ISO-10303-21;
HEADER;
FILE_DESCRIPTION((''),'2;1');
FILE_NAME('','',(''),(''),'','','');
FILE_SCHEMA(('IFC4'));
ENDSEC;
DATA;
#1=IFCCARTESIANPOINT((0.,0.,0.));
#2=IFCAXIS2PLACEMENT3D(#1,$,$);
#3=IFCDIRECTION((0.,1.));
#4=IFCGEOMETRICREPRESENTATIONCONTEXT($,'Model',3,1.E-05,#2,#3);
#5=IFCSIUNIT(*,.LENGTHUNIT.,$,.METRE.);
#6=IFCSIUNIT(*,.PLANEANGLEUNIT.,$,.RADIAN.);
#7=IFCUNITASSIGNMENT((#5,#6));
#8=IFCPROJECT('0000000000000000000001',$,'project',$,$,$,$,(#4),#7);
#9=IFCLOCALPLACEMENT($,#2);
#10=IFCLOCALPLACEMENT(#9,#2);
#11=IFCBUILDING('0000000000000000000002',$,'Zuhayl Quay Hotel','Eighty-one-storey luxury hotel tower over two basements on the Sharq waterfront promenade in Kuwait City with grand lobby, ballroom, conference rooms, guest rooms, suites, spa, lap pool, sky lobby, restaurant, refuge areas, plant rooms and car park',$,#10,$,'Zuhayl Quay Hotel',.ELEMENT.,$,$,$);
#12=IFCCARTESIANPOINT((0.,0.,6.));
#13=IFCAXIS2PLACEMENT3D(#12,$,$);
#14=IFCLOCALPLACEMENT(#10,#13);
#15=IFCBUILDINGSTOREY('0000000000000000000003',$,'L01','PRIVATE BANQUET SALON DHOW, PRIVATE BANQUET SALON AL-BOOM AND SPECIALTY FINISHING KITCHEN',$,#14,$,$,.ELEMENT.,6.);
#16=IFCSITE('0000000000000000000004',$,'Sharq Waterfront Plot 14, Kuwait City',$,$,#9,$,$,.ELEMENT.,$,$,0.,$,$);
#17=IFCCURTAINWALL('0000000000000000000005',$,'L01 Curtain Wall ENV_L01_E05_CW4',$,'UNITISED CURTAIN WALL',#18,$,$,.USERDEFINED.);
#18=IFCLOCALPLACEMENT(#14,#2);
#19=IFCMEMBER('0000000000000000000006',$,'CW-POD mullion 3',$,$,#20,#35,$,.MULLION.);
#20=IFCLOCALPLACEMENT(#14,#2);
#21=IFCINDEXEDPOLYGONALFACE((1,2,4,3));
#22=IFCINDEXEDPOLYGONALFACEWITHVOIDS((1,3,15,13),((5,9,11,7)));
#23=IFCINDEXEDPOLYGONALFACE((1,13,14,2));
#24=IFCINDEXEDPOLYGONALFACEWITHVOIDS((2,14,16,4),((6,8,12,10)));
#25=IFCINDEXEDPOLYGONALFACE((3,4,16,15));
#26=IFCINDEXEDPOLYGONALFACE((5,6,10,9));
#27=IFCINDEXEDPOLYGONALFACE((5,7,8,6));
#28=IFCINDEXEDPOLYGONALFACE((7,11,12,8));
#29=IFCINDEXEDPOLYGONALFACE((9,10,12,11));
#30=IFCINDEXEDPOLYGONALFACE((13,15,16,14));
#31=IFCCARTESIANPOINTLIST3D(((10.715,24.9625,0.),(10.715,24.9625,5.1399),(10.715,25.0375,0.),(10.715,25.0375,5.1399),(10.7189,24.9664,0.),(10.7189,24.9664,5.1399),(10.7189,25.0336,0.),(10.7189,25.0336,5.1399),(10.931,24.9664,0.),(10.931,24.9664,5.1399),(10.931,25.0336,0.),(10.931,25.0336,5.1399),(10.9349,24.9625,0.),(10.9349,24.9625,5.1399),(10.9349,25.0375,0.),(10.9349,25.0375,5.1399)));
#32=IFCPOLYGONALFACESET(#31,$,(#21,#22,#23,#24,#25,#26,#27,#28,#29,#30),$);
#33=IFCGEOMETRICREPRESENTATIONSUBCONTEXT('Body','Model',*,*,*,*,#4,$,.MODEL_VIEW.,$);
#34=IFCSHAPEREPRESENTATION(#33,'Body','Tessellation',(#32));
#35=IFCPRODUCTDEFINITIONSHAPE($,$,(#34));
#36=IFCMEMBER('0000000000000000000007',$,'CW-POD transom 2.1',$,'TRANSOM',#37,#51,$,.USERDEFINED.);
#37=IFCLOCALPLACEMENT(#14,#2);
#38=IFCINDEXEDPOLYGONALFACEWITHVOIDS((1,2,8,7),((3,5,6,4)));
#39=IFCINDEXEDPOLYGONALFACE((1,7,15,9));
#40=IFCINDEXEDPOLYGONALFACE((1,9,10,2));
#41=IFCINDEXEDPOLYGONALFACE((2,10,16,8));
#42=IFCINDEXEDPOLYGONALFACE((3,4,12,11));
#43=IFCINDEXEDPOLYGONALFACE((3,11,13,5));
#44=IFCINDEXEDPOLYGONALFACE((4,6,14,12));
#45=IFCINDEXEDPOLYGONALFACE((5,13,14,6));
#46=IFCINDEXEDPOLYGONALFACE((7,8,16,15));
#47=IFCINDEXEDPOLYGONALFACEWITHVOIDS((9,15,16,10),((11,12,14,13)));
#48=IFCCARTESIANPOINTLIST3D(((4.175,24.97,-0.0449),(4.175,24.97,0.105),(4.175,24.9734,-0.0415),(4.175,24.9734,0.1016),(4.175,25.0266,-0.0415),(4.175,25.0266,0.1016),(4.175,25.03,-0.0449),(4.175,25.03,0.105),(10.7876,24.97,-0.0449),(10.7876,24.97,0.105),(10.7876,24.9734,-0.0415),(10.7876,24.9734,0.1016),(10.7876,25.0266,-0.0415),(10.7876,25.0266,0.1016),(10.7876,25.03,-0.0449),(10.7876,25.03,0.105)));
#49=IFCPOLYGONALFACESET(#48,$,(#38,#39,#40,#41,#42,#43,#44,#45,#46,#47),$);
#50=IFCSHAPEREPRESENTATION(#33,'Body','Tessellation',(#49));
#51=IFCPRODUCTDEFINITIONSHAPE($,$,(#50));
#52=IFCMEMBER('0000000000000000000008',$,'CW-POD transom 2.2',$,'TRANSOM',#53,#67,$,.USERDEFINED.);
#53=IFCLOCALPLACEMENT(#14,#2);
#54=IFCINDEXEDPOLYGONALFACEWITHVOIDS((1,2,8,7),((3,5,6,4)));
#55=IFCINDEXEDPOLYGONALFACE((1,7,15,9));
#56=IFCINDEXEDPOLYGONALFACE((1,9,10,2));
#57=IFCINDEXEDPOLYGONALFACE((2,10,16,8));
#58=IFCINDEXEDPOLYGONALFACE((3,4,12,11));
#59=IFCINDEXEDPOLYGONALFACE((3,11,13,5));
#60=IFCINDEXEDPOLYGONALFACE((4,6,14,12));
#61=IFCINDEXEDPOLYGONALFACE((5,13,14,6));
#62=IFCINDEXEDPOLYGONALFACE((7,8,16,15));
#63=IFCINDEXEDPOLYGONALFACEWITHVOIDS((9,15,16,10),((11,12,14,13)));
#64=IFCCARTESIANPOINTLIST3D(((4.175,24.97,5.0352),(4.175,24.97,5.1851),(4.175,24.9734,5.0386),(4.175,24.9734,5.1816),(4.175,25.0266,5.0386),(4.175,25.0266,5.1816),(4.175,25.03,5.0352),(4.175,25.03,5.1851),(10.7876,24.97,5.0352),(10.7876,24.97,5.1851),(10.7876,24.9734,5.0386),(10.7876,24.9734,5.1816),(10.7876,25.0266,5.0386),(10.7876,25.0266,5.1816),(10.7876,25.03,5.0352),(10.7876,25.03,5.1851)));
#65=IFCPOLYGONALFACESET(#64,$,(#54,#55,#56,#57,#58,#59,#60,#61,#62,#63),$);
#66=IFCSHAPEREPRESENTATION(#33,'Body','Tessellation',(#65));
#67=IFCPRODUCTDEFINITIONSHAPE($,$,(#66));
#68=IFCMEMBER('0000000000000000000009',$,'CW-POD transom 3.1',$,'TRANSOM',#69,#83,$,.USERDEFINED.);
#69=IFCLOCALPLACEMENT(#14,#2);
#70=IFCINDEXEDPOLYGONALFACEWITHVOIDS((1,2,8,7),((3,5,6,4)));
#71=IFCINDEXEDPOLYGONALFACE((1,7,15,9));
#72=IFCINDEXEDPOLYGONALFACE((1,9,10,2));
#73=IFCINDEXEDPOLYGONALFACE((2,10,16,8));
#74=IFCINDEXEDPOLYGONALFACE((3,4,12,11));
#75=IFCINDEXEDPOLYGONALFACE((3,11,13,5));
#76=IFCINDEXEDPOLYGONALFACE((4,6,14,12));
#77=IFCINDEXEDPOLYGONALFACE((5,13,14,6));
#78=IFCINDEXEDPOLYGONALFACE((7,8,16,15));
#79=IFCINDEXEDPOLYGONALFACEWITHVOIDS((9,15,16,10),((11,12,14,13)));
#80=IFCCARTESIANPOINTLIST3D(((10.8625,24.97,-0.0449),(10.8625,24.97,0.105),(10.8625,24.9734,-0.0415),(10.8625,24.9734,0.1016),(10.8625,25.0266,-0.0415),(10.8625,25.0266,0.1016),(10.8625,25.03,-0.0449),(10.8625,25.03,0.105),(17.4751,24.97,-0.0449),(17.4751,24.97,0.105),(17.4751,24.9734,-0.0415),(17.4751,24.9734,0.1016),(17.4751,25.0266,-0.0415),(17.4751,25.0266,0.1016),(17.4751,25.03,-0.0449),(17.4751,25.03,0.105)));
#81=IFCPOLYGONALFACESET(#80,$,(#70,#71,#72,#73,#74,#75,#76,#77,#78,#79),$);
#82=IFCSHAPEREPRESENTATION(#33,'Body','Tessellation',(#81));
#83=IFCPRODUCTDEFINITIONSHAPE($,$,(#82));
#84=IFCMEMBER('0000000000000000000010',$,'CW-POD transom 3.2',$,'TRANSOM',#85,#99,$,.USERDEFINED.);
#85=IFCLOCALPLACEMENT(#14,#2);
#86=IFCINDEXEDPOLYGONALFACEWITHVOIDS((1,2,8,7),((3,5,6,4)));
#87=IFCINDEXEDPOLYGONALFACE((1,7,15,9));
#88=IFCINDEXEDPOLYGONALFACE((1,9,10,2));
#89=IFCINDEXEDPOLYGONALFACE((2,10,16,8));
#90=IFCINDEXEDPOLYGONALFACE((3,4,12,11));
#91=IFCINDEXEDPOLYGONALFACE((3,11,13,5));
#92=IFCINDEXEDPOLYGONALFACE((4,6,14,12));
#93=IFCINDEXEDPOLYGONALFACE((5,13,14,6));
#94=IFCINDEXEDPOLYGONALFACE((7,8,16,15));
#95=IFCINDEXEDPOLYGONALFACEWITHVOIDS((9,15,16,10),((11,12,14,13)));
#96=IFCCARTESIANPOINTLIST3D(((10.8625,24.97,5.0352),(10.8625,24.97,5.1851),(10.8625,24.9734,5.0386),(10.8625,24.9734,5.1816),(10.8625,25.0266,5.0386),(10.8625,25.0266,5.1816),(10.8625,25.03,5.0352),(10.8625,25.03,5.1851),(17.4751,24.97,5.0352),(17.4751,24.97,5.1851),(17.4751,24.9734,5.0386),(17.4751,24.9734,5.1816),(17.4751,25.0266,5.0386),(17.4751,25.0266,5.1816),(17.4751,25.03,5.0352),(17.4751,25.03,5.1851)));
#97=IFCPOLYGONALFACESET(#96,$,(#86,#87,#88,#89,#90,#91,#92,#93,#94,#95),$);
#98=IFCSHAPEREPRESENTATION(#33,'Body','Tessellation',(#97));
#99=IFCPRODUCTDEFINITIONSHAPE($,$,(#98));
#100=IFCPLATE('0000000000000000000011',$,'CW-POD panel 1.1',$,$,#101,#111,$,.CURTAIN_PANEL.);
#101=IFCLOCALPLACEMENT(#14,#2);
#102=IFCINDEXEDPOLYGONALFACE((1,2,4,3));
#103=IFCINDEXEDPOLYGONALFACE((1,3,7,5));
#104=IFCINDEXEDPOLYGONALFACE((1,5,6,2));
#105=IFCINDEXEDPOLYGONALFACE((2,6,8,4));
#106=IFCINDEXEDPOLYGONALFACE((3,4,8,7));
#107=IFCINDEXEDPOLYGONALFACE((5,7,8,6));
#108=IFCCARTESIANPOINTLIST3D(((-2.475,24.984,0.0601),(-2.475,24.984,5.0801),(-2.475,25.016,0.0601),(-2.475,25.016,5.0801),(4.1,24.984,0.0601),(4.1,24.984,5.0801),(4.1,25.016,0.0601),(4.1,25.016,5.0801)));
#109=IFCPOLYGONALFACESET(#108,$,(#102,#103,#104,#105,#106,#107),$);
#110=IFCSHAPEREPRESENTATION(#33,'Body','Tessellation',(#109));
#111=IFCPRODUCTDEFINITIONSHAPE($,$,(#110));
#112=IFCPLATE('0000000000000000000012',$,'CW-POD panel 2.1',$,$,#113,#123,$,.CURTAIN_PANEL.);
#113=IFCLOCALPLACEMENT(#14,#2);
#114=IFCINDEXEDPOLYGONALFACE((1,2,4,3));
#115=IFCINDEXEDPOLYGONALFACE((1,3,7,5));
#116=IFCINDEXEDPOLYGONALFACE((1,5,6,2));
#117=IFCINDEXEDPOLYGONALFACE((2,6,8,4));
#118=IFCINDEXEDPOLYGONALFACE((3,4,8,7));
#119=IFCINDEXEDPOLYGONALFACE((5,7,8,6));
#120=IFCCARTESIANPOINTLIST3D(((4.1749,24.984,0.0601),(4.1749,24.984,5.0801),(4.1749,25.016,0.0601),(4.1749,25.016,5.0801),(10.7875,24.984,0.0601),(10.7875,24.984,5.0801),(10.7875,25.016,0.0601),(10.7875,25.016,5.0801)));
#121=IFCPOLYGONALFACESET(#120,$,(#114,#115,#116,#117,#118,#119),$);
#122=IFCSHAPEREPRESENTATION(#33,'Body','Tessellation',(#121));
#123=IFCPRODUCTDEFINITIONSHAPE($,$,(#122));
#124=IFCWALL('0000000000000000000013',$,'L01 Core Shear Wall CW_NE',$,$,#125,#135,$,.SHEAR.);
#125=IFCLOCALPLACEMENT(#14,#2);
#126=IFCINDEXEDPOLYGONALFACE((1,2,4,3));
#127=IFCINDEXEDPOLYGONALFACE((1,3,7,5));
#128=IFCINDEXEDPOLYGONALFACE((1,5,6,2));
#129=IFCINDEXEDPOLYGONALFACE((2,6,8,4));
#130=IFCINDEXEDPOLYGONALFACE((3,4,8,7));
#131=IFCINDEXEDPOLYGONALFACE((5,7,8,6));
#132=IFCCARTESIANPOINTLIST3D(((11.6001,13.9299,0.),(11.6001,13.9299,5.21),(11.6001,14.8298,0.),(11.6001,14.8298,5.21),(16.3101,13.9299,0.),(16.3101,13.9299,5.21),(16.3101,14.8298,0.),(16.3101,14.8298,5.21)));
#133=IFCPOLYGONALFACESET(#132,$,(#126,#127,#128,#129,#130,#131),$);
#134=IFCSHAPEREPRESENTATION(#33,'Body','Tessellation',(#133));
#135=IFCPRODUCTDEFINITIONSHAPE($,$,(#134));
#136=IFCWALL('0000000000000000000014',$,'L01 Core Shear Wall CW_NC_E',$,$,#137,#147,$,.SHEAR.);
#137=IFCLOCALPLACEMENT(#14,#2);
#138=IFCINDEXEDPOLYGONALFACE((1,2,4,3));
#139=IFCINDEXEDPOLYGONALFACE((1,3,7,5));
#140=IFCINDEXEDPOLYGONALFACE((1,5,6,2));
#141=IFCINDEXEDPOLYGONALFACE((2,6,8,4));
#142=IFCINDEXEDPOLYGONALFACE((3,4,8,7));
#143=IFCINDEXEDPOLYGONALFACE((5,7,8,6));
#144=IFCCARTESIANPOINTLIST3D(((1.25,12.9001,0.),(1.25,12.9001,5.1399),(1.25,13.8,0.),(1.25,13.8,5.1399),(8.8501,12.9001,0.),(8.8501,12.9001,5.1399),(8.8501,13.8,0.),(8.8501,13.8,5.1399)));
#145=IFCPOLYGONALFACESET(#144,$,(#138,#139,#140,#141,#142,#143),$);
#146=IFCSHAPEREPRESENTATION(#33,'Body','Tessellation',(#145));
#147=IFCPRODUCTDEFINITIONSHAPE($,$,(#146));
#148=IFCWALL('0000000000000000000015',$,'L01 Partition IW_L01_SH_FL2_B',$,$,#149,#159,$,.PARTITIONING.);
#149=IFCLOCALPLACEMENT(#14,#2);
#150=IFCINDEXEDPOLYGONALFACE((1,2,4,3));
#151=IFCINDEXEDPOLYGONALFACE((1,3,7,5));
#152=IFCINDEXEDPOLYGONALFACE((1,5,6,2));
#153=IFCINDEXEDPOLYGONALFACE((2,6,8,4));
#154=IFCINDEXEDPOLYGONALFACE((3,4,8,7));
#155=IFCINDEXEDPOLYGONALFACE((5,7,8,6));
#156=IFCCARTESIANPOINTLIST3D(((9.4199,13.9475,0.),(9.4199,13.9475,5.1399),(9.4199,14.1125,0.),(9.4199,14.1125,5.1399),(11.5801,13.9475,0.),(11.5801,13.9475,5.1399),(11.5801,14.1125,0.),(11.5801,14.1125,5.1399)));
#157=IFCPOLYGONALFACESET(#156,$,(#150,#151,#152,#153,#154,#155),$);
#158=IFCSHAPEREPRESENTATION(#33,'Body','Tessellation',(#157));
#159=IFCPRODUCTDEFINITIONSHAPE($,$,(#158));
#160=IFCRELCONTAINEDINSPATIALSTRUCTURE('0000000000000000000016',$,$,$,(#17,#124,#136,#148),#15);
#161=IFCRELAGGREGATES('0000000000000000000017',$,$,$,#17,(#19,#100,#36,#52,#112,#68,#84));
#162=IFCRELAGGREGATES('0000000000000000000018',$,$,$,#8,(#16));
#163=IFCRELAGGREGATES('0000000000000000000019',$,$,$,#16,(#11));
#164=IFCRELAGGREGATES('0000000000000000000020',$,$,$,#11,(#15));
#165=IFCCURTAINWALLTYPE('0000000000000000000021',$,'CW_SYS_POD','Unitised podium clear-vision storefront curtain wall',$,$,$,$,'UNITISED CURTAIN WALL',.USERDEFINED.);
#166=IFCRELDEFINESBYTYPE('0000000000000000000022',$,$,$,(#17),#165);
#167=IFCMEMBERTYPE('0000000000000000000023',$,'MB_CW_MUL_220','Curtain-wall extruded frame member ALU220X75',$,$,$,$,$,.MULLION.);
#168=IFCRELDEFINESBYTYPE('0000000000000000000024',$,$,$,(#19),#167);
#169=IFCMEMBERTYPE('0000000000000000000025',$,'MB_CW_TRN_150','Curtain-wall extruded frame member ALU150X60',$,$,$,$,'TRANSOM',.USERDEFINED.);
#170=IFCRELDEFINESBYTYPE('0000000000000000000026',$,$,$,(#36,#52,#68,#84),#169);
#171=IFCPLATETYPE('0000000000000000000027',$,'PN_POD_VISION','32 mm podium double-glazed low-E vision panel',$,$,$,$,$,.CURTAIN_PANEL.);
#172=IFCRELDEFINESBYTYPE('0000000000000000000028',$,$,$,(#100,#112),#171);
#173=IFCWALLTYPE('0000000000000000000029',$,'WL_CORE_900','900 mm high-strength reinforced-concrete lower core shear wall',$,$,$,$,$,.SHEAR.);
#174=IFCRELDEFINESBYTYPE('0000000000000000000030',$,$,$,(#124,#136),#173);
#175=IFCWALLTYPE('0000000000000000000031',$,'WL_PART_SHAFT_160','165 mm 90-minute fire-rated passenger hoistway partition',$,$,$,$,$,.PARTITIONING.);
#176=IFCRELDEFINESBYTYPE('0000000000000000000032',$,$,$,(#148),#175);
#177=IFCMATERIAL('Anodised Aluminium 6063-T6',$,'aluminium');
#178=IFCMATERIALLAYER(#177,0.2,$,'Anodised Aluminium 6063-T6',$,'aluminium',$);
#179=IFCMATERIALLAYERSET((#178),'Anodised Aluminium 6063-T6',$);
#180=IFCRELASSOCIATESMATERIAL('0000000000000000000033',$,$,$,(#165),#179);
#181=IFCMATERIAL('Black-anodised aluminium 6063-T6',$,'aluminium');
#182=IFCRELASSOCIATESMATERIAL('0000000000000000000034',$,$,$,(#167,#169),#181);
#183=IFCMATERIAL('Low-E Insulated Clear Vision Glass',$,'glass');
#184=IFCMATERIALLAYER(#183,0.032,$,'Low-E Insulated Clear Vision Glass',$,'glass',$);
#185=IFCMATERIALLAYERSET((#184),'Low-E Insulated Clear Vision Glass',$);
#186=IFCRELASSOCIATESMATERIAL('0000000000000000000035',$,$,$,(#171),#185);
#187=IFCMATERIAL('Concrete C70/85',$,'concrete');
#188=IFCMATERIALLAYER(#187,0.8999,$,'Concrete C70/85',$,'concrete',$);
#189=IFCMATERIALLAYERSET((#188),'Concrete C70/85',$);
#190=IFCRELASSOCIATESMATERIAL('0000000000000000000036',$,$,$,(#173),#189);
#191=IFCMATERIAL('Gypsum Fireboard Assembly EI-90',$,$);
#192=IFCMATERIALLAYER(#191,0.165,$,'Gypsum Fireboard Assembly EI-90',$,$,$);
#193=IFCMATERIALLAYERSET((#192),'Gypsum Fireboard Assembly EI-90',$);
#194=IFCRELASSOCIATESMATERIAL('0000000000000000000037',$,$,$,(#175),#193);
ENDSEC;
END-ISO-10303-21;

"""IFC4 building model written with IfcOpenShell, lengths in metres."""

from ifc_helpers import new_model, si_unit, direction, frame, frame_2d, origin, origin_2d, place, context, subcontext, project, spatial, rectangle, hollow_rectangle, extrude, material, layer, layer_set, material_profile, profile_set, type_object, element, aggregate, save


model = new_model("IFC4")

# Units and contexts
model_context = context("Model", 3, precision=1e-05, world=origin(), true_north=direction((0.0, 1.0)))
body_context = subcontext(model_context, "Body", "Model", "MODEL_VIEW")
ifc_project = project(units=[si_unit("LENGTHUNIT", "METRE"), si_unit("PLANEANGLEUNIT", "RADIAN")], contexts=[model_context])

# Site, building, storey
site_placement = place(None, origin())
site = spatial("IfcSite", under=ifc_project, at=site_placement, Name="Sharq Waterfront Plot 14, Kuwait City", CompositionType="ELEMENT", RefElevation=0.0)
building_placement = place(site_placement, origin())
building = spatial("IfcBuilding", under=site, at=building_placement, Name="Zuhayl Quay Hotel", Description="Eighty-one-storey luxury hotel tower over two basements on the Sharq waterfront promenade in Kuwait City with grand lobby, ballroom, conference rooms, guest rooms, suites, spa, lap pool, sky lobby, restaurant, refuge areas, plant rooms and car park", LongName="Zuhayl Quay Hotel", CompositionType="ELEMENT")
storey_placement = place(building_placement, frame((0.0, 0.0, 6.0)))
storey = spatial("IfcBuildingStorey", under=building, at=storey_placement, Name="L01", Description="PRIVATE BANQUET SALON DHOW, PRIVATE BANQUET SALON AL-BOOM AND SPECIALTY FINISHING KITCHEN", CompositionType="ELEMENT", Elevation=6.0)

# Shared definitions
ifc_material_1 = material(Name="Concrete C70/85", Category="concrete")

# Curtain wall, members, plates
ifc_material_2 = material(Name="Anodised Aluminium 6063-T6", Category="aluminium")
ifc_layer_1 = layer(ifc_material_2, 0.2, Name="Anodised Aluminium 6063-T6", Category="aluminium")
ifc_layer_set_1 = layer_set([ifc_layer_1], Name="Anodised Aluminium 6063-T6")
curtain_wall_type = type_object("IfcCurtainWallType", Name="CW_SYS_POD", Description="Unitised podium clear-vision storefront curtain wall", ElementType="UNITISED CURTAIN WALL", PredefinedType="USERDEFINED", material=ifc_layer_set_1)
curtain_wall_placement = place(storey_placement, origin())
curtain_wall = element("IfcCurtainWall", 1, at=curtain_wall_placement, inside=storey, type_object=curtain_wall_type, Name="L01 Curtain Wall ENV_L01_E05_CW4", ObjectType="UNITISED CURTAIN WALL", PredefinedType="USERDEFINED")
ifc_material_3 = material(Name="Black-anodised aluminium 6063-T6", Category="aluminium")
ifc_material_profile_1 = material_profile(ifc_material_3, hollow_rectangle(XDim=0.075, YDim=0.22, WallThickness=0.0039, at=origin_2d()), Name="ALU220X75")
ifc_profile_set_1 = profile_set([ifc_material_profile_1], Name="Black-anodised aluminium 6063-T6")
member_type_1 = type_object("IfcMemberType", Name="MB_CW_MUL_220", Description="Curtain-wall extruded frame member ALU220X75", PredefinedType="MULLION", material=ifc_profile_set_1)
member_1_placement = place(storey_placement, frame((10.825, 25.0, 0.0), z_axis=(0.0, 0.0, 1.0), x_axis=(0.0, 1.0, 0.0)))
member_1 = element("IfcMember", 2, at=member_1_placement, type_object=member_type_1, Name="CW-POD mullion 3", PredefinedType="MULLION", context=body_context, shape_type="SweptSolid", body=[
    extrude(hollow_rectangle(XDim=0.075, YDim=0.22, WallThickness=0.0039, at=origin_2d()), origin(), (0.0, 0.0, 1.0), 5.1399),
])
ifc_material_profile_2 = material_profile(ifc_material_3, hollow_rectangle(XDim=0.0601, YDim=0.1499, WallThickness=0.0034, at=origin_2d()), Name="ALU150X60")
ifc_profile_set_2 = profile_set([ifc_material_profile_2], Name="Black-anodised aluminium 6063-T6")
member_type_2 = type_object("IfcMemberType", Name="MB_CW_TRN_150", Description="Curtain-wall extruded frame member ALU150X60", ElementType="TRANSOM", PredefinedType="USERDEFINED", material=ifc_profile_set_2)
member_2_placement = place(storey_placement, frame((4.175, 25.0, 0.03), z_axis=(1.0, 0.0, 0.0), x_axis=(0.0, 1.0, 0.0)))
member_2 = element("IfcMember", 3, at=member_2_placement, type_object=member_type_2, Name="CW-POD transom 2.1", ObjectType="TRANSOM", PredefinedType="USERDEFINED", context=body_context, shape_type="SweptSolid", body=[
    extrude(hollow_rectangle(XDim=0.0601, YDim=0.1499, WallThickness=0.0034, at=origin_2d()), origin(), (0.0, 0.0, 1.0), 6.6125),
])
member_3_placement = place(storey_placement, frame((4.175, 25.0, 5.1101), z_axis=(1.0, 0.0, 0.0), x_axis=(0.0, 1.0, 0.0)))
member_3 = element("IfcMember", 4, at=member_3_placement, type_object=member_type_2, Name="CW-POD transom 2.2", ObjectType="TRANSOM", PredefinedType="USERDEFINED", context=body_context, shape_type="SweptSolid", body=[
    extrude(hollow_rectangle(XDim=0.0601, YDim=0.1499, WallThickness=0.0034, at=origin_2d()), origin(), (0.0, 0.0, 1.0), 6.6125),
])
member_4_placement = place(storey_placement, frame((10.8625, 25.0, 0.03), z_axis=(1.0, 0.0, 0.0), x_axis=(0.0, 1.0, 0.0)))
member_4 = element("IfcMember", 5, at=member_4_placement, type_object=member_type_2, Name="CW-POD transom 3.1", ObjectType="TRANSOM", PredefinedType="USERDEFINED", context=body_context, shape_type="SweptSolid", body=[
    extrude(hollow_rectangle(XDim=0.0601, YDim=0.1499, WallThickness=0.0034, at=origin_2d()), origin(), (0.0, 0.0, 1.0), 6.6125),
])
member_5_placement = place(storey_placement, frame((10.8625, 25.0, 5.1101), z_axis=(1.0, 0.0, 0.0), x_axis=(0.0, 1.0, 0.0)))
member_5 = element("IfcMember", 6, at=member_5_placement, type_object=member_type_2, Name="CW-POD transom 3.2", ObjectType="TRANSOM", PredefinedType="USERDEFINED", context=body_context, shape_type="SweptSolid", body=[
    extrude(hollow_rectangle(XDim=0.0601, YDim=0.1499, WallThickness=0.0034, at=origin_2d()), origin(), (0.0, 0.0, 1.0), 6.6125),
])
ifc_material_4 = material(Name="Low-E Insulated Clear Vision Glass", Category="glass")
ifc_layer_2 = layer(ifc_material_4, 0.032, Name="Low-E Insulated Clear Vision Glass", Category="glass")
ifc_layer_set_2 = layer_set([ifc_layer_2], Name="Low-E Insulated Clear Vision Glass")
plate_type = type_object("IfcPlateType", Name="PN_POD_VISION", Description="32 mm podium double-glazed low-E vision panel", PredefinedType="CURTAIN_PANEL", material=ifc_layer_set_2)
plate_1_placement = place(storey_placement, frame((0.8125, 25.0, 0.0601), z_axis=(0.0, 0.0, 1.0), x_axis=(1.0, 0.0, 0.0)))
plate_1 = element("IfcPlate", 7, at=plate_1_placement, type_object=plate_type, Name="CW-POD panel 1.1", PredefinedType="CURTAIN_PANEL", context=body_context, shape_type="SweptSolid", body=[
    extrude(rectangle(XDim=6.575, YDim=0.032, at=origin_2d()), origin(), (0.0, 0.0, 1.0), 5.02),
])
plate_2_placement = place(storey_placement, frame((7.4812, 25.0, 0.0601), z_axis=(0.0, 0.0, 1.0), x_axis=(1.0, 0.0, 0.0)))
plate_2 = element("IfcPlate", 8, at=plate_2_placement, type_object=plate_type, Name="CW-POD panel 2.1", PredefinedType="CURTAIN_PANEL", context=body_context, shape_type="SweptSolid", body=[
    extrude(rectangle(XDim=6.6125, YDim=0.032, at=origin_2d()), origin(), (0.0, 0.0, 1.0), 5.02),
])
aggregate(curtain_wall, [member_1, plate_1, member_2, member_3, plate_2, member_4, member_5])

# Walls
ifc_layer_3 = layer(ifc_material_1, 0.8999, Name="Concrete C70/85", Category="concrete")
ifc_layer_set_3 = layer_set([ifc_layer_3], Name="Concrete C70/85")
wall_type_1 = type_object("IfcWallType", Name="WL_CORE_900", Description="900 mm high-strength reinforced-concrete lower core shear wall", PredefinedType="SHEAR", material=ifc_layer_set_3)
wall_1_placement = place(storey_placement, frame((11.6001, 14.3799, 0.0), z_axis=(0.0, 0.0, 1.0), x_axis=(1.0, 0.0, 0.0)))
element("IfcWall", 9, at=wall_1_placement, inside=storey, type_object=wall_type_1, Name="L01 Core Shear Wall CW_NE", PredefinedType="SHEAR", context=body_context, shape_type="SweptSolid", body=[
    extrude(rectangle(XDim=4.71, YDim=0.8999, at=frame_2d((2.355, 0.0))), origin(), (0.0, 0.0, 1.0), 5.21),
])
wall_2_placement = place(storey_placement, frame((1.25, 13.3501, 0.0), z_axis=(0.0, 0.0, 1.0), x_axis=(1.0, 0.0, 0.0)))
element("IfcWall", 10, at=wall_2_placement, inside=storey, type_object=wall_type_1, Name="L01 Core Shear Wall CW_NC_E", PredefinedType="SHEAR", context=body_context, shape_type="SweptSolid", body=[
    extrude(rectangle(XDim=7.6001, YDim=0.8999, at=frame_2d((3.8, 0.0))), origin(), (0.0, 0.0, 1.0), 5.1399),
])
ifc_material_5 = material(Name="Gypsum Fireboard Assembly EI-90")
ifc_layer_4 = layer(ifc_material_5, 0.165, Name="Gypsum Fireboard Assembly EI-90")
ifc_layer_set_4 = layer_set([ifc_layer_4], Name="Gypsum Fireboard Assembly EI-90")
wall_type_2 = type_object("IfcWallType", Name="WL_PART_SHAFT_160", Description="165 mm 90-minute fire-rated passenger hoistway partition", PredefinedType="PARTITIONING", material=ifc_layer_set_4)
wall_3_placement = place(storey_placement, frame((9.4199, 14.03, 0.0), z_axis=(0.0, 0.0, 1.0), x_axis=(1.0, 0.0, 0.0)))
element("IfcWall", 11, at=wall_3_placement, inside=storey, type_object=wall_type_2, Name="L01 Partition IW_L01_SH_FL2_B", PredefinedType="PARTITIONING", context=body_context, shape_type="SweptSolid", body=[
    extrude(rectangle(XDim=2.1602, YDim=0.165, at=frame_2d((1.0801, 0.0))), origin(), (0.0, 0.0, 1.0), 5.1399),
])

save(model, "model.ifc")
